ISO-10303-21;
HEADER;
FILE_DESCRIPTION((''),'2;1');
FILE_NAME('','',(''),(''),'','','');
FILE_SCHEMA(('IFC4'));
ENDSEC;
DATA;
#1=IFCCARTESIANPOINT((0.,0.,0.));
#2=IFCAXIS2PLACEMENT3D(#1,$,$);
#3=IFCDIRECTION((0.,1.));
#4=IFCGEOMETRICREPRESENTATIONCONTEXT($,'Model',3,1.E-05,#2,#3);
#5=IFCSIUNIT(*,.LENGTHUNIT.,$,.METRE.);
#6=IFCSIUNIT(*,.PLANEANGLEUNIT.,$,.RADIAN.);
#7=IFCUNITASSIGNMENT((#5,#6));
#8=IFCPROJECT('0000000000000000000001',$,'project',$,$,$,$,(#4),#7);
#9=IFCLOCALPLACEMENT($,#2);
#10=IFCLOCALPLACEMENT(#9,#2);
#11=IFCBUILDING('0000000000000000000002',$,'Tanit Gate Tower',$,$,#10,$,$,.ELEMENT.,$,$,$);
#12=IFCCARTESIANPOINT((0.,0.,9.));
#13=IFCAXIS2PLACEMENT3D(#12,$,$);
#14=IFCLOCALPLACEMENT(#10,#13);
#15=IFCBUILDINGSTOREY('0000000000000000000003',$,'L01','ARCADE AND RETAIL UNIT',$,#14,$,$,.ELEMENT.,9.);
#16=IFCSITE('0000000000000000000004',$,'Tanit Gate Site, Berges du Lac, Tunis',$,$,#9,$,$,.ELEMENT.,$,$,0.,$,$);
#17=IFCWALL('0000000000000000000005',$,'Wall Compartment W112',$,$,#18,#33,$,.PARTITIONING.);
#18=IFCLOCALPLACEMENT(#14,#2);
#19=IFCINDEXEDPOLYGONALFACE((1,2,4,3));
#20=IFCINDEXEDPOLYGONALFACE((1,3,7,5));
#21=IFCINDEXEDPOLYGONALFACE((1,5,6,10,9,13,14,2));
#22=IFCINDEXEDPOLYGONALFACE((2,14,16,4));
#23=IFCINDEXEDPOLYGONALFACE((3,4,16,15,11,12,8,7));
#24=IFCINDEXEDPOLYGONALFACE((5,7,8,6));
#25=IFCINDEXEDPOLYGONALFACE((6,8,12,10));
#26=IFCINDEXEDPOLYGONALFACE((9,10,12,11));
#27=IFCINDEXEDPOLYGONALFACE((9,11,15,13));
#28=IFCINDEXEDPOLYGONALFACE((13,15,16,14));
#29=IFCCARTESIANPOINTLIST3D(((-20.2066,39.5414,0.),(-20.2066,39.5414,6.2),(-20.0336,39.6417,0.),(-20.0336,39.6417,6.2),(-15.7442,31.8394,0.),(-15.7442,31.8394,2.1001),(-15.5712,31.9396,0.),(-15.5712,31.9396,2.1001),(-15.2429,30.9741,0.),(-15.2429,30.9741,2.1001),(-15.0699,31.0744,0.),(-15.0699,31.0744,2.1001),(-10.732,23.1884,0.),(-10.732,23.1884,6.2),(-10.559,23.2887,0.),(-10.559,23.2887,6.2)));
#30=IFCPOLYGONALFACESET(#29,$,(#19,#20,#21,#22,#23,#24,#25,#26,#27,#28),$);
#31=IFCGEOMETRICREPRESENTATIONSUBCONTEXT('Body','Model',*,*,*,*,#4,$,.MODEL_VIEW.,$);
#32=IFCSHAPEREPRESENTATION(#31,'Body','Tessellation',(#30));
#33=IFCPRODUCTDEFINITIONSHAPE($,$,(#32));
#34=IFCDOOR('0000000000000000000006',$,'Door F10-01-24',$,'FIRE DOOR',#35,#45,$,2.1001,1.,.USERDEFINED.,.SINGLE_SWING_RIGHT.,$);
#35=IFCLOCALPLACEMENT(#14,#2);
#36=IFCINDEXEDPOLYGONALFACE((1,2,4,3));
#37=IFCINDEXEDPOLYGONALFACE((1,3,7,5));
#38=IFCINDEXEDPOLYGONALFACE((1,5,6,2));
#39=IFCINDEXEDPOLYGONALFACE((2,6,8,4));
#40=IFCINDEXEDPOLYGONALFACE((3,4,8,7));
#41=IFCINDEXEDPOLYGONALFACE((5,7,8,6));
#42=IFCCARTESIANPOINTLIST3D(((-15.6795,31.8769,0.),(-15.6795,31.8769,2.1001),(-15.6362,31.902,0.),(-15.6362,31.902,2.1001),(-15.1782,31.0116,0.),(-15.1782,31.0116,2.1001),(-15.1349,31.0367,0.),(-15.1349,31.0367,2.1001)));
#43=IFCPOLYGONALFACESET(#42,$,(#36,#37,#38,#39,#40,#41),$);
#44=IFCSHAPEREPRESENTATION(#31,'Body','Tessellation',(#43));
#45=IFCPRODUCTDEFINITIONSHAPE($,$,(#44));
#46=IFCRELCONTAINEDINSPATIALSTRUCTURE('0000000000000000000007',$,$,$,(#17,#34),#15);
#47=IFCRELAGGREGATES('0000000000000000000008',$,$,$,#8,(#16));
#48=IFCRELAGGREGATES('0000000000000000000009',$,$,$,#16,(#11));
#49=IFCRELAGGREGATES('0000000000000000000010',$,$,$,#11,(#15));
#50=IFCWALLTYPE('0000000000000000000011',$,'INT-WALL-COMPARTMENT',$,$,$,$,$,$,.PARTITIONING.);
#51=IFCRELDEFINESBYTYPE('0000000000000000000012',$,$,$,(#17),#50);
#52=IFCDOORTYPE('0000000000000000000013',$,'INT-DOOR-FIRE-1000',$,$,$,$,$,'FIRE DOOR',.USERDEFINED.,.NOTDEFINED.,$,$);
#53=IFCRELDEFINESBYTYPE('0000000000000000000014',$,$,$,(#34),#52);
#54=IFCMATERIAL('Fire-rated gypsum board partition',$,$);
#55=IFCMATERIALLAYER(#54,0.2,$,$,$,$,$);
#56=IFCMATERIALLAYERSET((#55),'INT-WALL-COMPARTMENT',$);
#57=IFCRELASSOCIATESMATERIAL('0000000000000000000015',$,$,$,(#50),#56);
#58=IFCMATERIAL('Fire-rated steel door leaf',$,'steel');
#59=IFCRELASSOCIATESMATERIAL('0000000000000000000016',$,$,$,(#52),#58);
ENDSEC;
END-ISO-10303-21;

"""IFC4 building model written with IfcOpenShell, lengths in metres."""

from ifc_helpers import new_model, si_unit, direction, frame, frame_2d, origin, place, context, subcontext, project, spatial, rectangle, extrude, material, layer, layer_set, type_object, element, fill, save


model = new_model("IFC4")

# Units and contexts
model_context = context("Model", 3, precision=1e-05, world=origin(), true_north=direction((0.0, 1.0)))
body_context = subcontext(model_context, "Body", "Model", "MODEL_VIEW")
ifc_project = project(units=[si_unit("LENGTHUNIT", "METRE"), si_unit("PLANEANGLEUNIT", "RADIAN")], contexts=[model_context])

# Site, building, storey
site_placement = place(None, origin())
site = spatial("IfcSite", under=ifc_project, at=site_placement, Name="Tanit Gate Site, Berges du Lac, Tunis", CompositionType="ELEMENT", RefElevation=0.0)
building_placement = place(site_placement, origin())
building = spatial("IfcBuilding", under=site, at=building_placement, Name="Tanit Gate Tower", CompositionType="ELEMENT")
storey_placement = place(building_placement, frame((0.0, 0.0, 9.0)))
storey = spatial("IfcBuildingStorey", under=building, at=storey_placement, Name="L01", Description="ARCADE AND RETAIL UNIT", CompositionType="ELEMENT", Elevation=9.0)

# Shared definitions
ifc_material_1 = material(Name="Fire-rated gypsum board partition")
ifc_layer_1 = layer(ifc_material_1, 0.2)
ifc_layer_set_1 = layer_set([ifc_layer_1], Name="INT-WALL-COMPARTMENT")
wall_type_1 = type_object("IfcWallType", Name="INT-WALL-COMPARTMENT", PredefinedType="PARTITIONING", material=ifc_layer_set_1)

# Wall, opening, door
ifc_material_2 = material(Name="Fire-rated steel door leaf", Category="steel")
door_type = type_object("IfcDoorType", Name="INT-DOOR-FIRE-1000", ElementType="FIRE DOOR", OperationType="NOTDEFINED", PredefinedType="USERDEFINED", material=ifc_material_2)
wall_1_placement = place(storey_placement, frame((-20.1201, 39.5916, 0.0), z_axis=(0.0, 0.0, 1.0), x_axis=(0.501316, -0.865264, 0.0)))
wall_1 = element("IfcWall", 1, at=wall_1_placement, inside=storey, type_object=wall_type_1, Name="Wall Compartment W112", PredefinedType="PARTITIONING", context=body_context, shape_type="SweptSolid", body=[
    extrude(rectangle(XDim=18.8994, YDim=0.2, at=frame_2d((9.4497, 0.0))), origin(), (0.0, 0.0, 1.0), 6.2),
])
opening_1_placement = place(wall_1_placement, frame((8.9014, 0.0, 0.0)))
opening_1 = element("IfcOpeningElement", 2, at=opening_1_placement, cuts=wall_1, PredefinedType="OPENING", context=body_context, shape_type="SweptSolid", body=[
    extrude(rectangle(XDim=1.0, YDim=2.1001, at=frame_2d((0.5, 1.05))), frame((0.0, 0.1099, 0.0), z_axis=(0.0, -1.0, 0.0), x_axis=(1.0, 0.0, 0.0)), (0.0, 0.0, 1.0), 0.22),
])
door_1_placement = place(opening_1_placement, origin())
door_1 = element("IfcDoor", 3, at=door_1_placement, inside=storey, type_object=door_type, Name="Door F10-01-24", ObjectType="FIRE DOOR", OperationType="SINGLE_SWING_RIGHT", OverallHeight=2.1001, OverallWidth=1.0, PredefinedType="USERDEFINED", context=body_context, shape_type="SweptSolid", body=[
    extrude(rectangle(XDim=1.0, YDim=2.1001, at=frame_2d((0.5, 1.05))), frame((0.0, 0.0249, 0.0), z_axis=(0.0, -1.0, 0.0), x_axis=(1.0, 0.0, 0.0)), (0.0, 0.0, 1.0), 0.05),
])
fill(opening_1, door_1)

save(model, "model.ifc")
